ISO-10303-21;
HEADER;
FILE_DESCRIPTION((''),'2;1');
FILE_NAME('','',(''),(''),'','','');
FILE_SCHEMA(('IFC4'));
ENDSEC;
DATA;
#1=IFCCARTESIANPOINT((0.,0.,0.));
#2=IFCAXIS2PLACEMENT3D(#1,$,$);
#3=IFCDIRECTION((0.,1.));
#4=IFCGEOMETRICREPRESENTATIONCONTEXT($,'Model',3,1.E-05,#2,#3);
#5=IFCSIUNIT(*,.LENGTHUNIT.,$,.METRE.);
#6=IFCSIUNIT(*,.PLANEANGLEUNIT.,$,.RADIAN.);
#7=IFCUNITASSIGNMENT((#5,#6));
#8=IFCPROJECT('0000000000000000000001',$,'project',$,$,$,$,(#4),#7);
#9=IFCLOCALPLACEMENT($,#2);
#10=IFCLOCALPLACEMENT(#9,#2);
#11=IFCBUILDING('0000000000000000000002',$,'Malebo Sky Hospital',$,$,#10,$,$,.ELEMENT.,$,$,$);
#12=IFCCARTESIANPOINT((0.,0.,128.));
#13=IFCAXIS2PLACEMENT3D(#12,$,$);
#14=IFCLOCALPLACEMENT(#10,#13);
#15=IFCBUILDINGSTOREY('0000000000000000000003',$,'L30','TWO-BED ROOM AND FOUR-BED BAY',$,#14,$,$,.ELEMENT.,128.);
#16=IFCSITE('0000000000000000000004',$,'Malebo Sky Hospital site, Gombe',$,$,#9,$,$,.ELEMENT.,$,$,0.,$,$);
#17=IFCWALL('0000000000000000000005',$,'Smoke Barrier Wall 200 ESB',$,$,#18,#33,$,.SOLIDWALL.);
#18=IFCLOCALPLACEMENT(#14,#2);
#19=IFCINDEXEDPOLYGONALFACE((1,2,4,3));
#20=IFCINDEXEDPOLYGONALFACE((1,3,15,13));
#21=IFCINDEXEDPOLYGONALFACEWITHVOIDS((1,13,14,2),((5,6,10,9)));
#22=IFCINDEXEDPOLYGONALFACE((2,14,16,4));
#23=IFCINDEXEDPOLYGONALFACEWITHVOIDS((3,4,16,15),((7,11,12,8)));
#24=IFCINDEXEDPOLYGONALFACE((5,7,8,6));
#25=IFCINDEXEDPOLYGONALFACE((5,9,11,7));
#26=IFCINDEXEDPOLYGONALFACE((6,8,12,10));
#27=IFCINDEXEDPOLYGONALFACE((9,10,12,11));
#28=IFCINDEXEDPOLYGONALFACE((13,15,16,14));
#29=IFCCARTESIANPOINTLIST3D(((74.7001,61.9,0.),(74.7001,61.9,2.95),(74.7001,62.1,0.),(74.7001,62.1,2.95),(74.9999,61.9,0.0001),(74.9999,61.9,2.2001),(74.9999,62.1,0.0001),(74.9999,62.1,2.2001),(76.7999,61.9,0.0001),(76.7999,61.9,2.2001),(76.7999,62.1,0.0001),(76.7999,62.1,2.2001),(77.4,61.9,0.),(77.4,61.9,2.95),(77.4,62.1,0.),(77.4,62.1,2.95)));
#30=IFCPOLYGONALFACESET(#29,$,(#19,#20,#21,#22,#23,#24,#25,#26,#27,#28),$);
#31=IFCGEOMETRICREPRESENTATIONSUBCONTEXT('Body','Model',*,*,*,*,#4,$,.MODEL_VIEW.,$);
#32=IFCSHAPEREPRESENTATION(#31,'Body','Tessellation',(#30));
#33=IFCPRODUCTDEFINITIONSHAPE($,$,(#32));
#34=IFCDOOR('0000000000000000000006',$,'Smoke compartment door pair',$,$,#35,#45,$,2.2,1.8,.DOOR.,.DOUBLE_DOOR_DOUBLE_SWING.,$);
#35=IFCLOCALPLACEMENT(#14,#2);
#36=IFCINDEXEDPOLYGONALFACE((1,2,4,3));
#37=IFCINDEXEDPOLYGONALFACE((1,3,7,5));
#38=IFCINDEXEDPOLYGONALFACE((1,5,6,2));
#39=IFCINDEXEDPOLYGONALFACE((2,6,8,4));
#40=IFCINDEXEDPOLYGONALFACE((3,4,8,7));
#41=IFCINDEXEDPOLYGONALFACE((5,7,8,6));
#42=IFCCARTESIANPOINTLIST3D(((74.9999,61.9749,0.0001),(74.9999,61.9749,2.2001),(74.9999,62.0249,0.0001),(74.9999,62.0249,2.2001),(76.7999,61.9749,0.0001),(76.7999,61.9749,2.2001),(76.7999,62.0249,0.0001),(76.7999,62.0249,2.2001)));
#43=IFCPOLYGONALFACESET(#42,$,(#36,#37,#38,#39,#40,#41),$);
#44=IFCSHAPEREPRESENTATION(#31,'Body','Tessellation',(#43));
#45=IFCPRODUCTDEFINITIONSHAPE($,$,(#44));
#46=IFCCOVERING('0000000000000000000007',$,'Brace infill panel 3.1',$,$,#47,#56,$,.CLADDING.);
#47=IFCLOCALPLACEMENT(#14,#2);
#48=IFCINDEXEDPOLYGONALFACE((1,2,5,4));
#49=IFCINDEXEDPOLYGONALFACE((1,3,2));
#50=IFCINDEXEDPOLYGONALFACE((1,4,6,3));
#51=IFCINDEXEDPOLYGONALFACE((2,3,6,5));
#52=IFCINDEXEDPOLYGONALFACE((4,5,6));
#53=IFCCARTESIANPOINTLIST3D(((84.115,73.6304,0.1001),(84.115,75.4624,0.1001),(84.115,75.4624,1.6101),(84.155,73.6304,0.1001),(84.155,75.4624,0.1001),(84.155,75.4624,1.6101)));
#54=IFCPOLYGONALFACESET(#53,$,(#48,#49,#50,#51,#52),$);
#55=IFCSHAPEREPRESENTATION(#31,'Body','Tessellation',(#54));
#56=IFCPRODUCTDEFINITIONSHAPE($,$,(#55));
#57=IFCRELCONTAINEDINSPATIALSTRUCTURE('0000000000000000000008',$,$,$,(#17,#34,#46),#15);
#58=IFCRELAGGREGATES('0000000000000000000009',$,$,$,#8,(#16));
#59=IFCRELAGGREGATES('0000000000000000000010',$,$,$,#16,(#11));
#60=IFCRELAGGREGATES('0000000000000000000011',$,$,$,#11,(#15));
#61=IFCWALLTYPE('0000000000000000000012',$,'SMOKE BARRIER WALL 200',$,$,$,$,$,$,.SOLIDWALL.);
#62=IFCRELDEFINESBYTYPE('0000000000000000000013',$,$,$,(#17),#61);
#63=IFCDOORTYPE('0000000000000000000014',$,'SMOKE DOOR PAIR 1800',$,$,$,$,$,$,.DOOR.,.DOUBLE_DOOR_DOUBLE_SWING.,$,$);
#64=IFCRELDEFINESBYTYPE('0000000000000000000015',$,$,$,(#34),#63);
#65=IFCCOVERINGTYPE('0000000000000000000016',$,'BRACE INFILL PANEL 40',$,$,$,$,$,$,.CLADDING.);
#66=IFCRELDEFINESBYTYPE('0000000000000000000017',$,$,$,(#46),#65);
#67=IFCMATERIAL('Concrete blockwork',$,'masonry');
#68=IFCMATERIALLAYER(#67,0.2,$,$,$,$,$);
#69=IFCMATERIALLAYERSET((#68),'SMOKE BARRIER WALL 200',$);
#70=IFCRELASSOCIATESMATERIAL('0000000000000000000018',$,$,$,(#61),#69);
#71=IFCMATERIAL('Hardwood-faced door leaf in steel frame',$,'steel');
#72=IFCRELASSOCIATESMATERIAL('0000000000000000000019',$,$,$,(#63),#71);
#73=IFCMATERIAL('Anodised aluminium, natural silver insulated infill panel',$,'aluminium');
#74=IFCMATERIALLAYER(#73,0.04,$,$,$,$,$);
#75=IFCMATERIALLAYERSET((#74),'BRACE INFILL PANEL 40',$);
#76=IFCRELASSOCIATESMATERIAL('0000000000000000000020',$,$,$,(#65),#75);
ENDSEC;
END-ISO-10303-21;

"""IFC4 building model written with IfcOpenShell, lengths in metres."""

from ifc_helpers import new_model, si_unit, direction, frame, frame_2d, origin, place, context, subcontext, project, spatial, polyline, rectangle, outline, extrude, material, layer, layer_set, type_object, element, fill, save


model = new_model("IFC4")

# Units and contexts
model_context = context("Model", 3, precision=1e-05, world=origin(), true_north=direction((0.0, 1.0)))
body_context = subcontext(model_context, "Body", "Model", "MODEL_VIEW")
ifc_project = project(units=[si_unit("LENGTHUNIT", "METRE"), si_unit("PLANEANGLEUNIT", "RADIAN")], contexts=[model_context])

# Site, building, storey
site_placement = place(None, origin())
site = spatial("IfcSite", under=ifc_project, at=site_placement, Name="Malebo Sky Hospital site, Gombe", CompositionType="ELEMENT", RefElevation=0.0)
building_placement = place(site_placement, origin())
building = spatial("IfcBuilding", under=site, at=building_placement, Name="Malebo Sky Hospital", CompositionType="ELEMENT")
storey_placement = place(building_placement, frame((0.0, 0.0, 128.0)))
storey = spatial("IfcBuildingStorey", under=building, at=storey_placement, Name="L30", Description="TWO-BED ROOM AND FOUR-BED BAY", CompositionType="ELEMENT", Elevation=128.0)

# Shared definitions
ifc_material_1 = material(Name="Hardwood-faced door leaf in steel frame", Category="steel")

# Shared definitions
ifc_material_2 = material(Name="Concrete blockwork", Category="masonry")
ifc_layer_1 = layer(ifc_material_2, 0.2)
ifc_layer_set_1 = layer_set([ifc_layer_1], Name="SMOKE BARRIER WALL 200")
wall_type_1 = type_object("IfcWallType", Name="SMOKE BARRIER WALL 200", PredefinedType="SOLIDWALL", material=ifc_layer_set_1)

# Wall, opening, door
wall_1_placement = place(storey_placement, frame((74.7, 62.0, 0.0), z_axis=(0.0, 0.0, 1.0), x_axis=(1.0, 0.0, 0.0)))
wall_1 = element("IfcWall", 1, at=wall_1_placement, inside=storey, type_object=wall_type_1, Name="Smoke Barrier Wall 200 ESB", PredefinedType="SOLIDWALL", context=body_context, shape_type="SweptSolid", body=[
    extrude(rectangle(XDim=2.7, YDim=0.2, at=frame_2d((1.3501, 0.0))), origin(), (0.0, 0.0, 1.0), 2.95),
])
opening_1_placement = place(wall_1_placement, frame((0.3, 0.0, 0.0)))
opening_1 = element("IfcOpeningElement", 2, at=opening_1_placement, cuts=wall_1, PredefinedType="OPENING", context=body_context, shape_type="SweptSolid", body=[
    extrude(rectangle(XDim=1.8, YDim=2.2, at=frame_2d((0.8999, 1.1001))), frame((0.0, 0.1099, 0.0), z_axis=(0.0, -1.0, 0.0), x_axis=(1.0, 0.0, 0.0)), (0.0, 0.0, 1.0), 0.22),
])
door_type_1 = type_object("IfcDoorType", Name="SMOKE DOOR PAIR 1800", OperationType="DOUBLE_DOOR_DOUBLE_SWING", PredefinedType="DOOR", material=ifc_material_1)
door_1_placement = place(opening_1_placement, origin())
door_1 = element("IfcDoor", 3, at=door_1_placement, inside=storey, type_object=door_type_1, Name="Smoke compartment door pair", OperationType="DOUBLE_DOOR_DOUBLE_SWING", OverallHeight=2.2, OverallWidth=1.8, PredefinedType="DOOR", context=body_context, shape_type="SweptSolid", body=[
    extrude(rectangle(XDim=1.8, YDim=2.2, at=frame_2d((0.8999, 1.1001))), frame((0.0, 0.0249, 0.0), z_axis=(0.0, -1.0, 0.0), x_axis=(1.0, 0.0, 0.0)), (0.0, 0.0, 1.0), 0.05),
])
fill(opening_1, door_1)

# Covering
ifc_material_3 = material(Name="Anodised aluminium, natural silver insulated infill panel", Category="aluminium")
ifc_layer_2 = layer(ifc_material_3, 0.04)
ifc_layer_set_2 = layer_set([ifc_layer_2], Name="BRACE INFILL PANEL 40")
covering_type = type_object("IfcCoveringType", Name="BRACE INFILL PANEL 40", PredefinedType="CLADDING", material=ifc_layer_set_2)
covering_placement = place(storey_placement, frame((84.135, 74.5464, 0.1001), z_axis=(0.0, 0.0, 1.0), x_axis=(0.0, -1.0, 0.0)))
element("IfcCovering", 4, at=covering_placement, inside=storey, type_object=covering_type, Name="Brace infill panel 3.1", PredefinedType="CLADDING", context=body_context, shape_type="SweptSolid", body=[
    extrude(outline(polyline([(-0.916, 0.0), (0.916, 0.0), (-0.916, 1.51), (-0.916, 0.0)])), frame((0.0, 0.02, 0.0), z_axis=(0.0, -1.0, 0.0), x_axis=(1.0, 0.0, 0.0)), (0.0, 0.0, 1.0), 0.04),
])

save(model, "model.ifc")
